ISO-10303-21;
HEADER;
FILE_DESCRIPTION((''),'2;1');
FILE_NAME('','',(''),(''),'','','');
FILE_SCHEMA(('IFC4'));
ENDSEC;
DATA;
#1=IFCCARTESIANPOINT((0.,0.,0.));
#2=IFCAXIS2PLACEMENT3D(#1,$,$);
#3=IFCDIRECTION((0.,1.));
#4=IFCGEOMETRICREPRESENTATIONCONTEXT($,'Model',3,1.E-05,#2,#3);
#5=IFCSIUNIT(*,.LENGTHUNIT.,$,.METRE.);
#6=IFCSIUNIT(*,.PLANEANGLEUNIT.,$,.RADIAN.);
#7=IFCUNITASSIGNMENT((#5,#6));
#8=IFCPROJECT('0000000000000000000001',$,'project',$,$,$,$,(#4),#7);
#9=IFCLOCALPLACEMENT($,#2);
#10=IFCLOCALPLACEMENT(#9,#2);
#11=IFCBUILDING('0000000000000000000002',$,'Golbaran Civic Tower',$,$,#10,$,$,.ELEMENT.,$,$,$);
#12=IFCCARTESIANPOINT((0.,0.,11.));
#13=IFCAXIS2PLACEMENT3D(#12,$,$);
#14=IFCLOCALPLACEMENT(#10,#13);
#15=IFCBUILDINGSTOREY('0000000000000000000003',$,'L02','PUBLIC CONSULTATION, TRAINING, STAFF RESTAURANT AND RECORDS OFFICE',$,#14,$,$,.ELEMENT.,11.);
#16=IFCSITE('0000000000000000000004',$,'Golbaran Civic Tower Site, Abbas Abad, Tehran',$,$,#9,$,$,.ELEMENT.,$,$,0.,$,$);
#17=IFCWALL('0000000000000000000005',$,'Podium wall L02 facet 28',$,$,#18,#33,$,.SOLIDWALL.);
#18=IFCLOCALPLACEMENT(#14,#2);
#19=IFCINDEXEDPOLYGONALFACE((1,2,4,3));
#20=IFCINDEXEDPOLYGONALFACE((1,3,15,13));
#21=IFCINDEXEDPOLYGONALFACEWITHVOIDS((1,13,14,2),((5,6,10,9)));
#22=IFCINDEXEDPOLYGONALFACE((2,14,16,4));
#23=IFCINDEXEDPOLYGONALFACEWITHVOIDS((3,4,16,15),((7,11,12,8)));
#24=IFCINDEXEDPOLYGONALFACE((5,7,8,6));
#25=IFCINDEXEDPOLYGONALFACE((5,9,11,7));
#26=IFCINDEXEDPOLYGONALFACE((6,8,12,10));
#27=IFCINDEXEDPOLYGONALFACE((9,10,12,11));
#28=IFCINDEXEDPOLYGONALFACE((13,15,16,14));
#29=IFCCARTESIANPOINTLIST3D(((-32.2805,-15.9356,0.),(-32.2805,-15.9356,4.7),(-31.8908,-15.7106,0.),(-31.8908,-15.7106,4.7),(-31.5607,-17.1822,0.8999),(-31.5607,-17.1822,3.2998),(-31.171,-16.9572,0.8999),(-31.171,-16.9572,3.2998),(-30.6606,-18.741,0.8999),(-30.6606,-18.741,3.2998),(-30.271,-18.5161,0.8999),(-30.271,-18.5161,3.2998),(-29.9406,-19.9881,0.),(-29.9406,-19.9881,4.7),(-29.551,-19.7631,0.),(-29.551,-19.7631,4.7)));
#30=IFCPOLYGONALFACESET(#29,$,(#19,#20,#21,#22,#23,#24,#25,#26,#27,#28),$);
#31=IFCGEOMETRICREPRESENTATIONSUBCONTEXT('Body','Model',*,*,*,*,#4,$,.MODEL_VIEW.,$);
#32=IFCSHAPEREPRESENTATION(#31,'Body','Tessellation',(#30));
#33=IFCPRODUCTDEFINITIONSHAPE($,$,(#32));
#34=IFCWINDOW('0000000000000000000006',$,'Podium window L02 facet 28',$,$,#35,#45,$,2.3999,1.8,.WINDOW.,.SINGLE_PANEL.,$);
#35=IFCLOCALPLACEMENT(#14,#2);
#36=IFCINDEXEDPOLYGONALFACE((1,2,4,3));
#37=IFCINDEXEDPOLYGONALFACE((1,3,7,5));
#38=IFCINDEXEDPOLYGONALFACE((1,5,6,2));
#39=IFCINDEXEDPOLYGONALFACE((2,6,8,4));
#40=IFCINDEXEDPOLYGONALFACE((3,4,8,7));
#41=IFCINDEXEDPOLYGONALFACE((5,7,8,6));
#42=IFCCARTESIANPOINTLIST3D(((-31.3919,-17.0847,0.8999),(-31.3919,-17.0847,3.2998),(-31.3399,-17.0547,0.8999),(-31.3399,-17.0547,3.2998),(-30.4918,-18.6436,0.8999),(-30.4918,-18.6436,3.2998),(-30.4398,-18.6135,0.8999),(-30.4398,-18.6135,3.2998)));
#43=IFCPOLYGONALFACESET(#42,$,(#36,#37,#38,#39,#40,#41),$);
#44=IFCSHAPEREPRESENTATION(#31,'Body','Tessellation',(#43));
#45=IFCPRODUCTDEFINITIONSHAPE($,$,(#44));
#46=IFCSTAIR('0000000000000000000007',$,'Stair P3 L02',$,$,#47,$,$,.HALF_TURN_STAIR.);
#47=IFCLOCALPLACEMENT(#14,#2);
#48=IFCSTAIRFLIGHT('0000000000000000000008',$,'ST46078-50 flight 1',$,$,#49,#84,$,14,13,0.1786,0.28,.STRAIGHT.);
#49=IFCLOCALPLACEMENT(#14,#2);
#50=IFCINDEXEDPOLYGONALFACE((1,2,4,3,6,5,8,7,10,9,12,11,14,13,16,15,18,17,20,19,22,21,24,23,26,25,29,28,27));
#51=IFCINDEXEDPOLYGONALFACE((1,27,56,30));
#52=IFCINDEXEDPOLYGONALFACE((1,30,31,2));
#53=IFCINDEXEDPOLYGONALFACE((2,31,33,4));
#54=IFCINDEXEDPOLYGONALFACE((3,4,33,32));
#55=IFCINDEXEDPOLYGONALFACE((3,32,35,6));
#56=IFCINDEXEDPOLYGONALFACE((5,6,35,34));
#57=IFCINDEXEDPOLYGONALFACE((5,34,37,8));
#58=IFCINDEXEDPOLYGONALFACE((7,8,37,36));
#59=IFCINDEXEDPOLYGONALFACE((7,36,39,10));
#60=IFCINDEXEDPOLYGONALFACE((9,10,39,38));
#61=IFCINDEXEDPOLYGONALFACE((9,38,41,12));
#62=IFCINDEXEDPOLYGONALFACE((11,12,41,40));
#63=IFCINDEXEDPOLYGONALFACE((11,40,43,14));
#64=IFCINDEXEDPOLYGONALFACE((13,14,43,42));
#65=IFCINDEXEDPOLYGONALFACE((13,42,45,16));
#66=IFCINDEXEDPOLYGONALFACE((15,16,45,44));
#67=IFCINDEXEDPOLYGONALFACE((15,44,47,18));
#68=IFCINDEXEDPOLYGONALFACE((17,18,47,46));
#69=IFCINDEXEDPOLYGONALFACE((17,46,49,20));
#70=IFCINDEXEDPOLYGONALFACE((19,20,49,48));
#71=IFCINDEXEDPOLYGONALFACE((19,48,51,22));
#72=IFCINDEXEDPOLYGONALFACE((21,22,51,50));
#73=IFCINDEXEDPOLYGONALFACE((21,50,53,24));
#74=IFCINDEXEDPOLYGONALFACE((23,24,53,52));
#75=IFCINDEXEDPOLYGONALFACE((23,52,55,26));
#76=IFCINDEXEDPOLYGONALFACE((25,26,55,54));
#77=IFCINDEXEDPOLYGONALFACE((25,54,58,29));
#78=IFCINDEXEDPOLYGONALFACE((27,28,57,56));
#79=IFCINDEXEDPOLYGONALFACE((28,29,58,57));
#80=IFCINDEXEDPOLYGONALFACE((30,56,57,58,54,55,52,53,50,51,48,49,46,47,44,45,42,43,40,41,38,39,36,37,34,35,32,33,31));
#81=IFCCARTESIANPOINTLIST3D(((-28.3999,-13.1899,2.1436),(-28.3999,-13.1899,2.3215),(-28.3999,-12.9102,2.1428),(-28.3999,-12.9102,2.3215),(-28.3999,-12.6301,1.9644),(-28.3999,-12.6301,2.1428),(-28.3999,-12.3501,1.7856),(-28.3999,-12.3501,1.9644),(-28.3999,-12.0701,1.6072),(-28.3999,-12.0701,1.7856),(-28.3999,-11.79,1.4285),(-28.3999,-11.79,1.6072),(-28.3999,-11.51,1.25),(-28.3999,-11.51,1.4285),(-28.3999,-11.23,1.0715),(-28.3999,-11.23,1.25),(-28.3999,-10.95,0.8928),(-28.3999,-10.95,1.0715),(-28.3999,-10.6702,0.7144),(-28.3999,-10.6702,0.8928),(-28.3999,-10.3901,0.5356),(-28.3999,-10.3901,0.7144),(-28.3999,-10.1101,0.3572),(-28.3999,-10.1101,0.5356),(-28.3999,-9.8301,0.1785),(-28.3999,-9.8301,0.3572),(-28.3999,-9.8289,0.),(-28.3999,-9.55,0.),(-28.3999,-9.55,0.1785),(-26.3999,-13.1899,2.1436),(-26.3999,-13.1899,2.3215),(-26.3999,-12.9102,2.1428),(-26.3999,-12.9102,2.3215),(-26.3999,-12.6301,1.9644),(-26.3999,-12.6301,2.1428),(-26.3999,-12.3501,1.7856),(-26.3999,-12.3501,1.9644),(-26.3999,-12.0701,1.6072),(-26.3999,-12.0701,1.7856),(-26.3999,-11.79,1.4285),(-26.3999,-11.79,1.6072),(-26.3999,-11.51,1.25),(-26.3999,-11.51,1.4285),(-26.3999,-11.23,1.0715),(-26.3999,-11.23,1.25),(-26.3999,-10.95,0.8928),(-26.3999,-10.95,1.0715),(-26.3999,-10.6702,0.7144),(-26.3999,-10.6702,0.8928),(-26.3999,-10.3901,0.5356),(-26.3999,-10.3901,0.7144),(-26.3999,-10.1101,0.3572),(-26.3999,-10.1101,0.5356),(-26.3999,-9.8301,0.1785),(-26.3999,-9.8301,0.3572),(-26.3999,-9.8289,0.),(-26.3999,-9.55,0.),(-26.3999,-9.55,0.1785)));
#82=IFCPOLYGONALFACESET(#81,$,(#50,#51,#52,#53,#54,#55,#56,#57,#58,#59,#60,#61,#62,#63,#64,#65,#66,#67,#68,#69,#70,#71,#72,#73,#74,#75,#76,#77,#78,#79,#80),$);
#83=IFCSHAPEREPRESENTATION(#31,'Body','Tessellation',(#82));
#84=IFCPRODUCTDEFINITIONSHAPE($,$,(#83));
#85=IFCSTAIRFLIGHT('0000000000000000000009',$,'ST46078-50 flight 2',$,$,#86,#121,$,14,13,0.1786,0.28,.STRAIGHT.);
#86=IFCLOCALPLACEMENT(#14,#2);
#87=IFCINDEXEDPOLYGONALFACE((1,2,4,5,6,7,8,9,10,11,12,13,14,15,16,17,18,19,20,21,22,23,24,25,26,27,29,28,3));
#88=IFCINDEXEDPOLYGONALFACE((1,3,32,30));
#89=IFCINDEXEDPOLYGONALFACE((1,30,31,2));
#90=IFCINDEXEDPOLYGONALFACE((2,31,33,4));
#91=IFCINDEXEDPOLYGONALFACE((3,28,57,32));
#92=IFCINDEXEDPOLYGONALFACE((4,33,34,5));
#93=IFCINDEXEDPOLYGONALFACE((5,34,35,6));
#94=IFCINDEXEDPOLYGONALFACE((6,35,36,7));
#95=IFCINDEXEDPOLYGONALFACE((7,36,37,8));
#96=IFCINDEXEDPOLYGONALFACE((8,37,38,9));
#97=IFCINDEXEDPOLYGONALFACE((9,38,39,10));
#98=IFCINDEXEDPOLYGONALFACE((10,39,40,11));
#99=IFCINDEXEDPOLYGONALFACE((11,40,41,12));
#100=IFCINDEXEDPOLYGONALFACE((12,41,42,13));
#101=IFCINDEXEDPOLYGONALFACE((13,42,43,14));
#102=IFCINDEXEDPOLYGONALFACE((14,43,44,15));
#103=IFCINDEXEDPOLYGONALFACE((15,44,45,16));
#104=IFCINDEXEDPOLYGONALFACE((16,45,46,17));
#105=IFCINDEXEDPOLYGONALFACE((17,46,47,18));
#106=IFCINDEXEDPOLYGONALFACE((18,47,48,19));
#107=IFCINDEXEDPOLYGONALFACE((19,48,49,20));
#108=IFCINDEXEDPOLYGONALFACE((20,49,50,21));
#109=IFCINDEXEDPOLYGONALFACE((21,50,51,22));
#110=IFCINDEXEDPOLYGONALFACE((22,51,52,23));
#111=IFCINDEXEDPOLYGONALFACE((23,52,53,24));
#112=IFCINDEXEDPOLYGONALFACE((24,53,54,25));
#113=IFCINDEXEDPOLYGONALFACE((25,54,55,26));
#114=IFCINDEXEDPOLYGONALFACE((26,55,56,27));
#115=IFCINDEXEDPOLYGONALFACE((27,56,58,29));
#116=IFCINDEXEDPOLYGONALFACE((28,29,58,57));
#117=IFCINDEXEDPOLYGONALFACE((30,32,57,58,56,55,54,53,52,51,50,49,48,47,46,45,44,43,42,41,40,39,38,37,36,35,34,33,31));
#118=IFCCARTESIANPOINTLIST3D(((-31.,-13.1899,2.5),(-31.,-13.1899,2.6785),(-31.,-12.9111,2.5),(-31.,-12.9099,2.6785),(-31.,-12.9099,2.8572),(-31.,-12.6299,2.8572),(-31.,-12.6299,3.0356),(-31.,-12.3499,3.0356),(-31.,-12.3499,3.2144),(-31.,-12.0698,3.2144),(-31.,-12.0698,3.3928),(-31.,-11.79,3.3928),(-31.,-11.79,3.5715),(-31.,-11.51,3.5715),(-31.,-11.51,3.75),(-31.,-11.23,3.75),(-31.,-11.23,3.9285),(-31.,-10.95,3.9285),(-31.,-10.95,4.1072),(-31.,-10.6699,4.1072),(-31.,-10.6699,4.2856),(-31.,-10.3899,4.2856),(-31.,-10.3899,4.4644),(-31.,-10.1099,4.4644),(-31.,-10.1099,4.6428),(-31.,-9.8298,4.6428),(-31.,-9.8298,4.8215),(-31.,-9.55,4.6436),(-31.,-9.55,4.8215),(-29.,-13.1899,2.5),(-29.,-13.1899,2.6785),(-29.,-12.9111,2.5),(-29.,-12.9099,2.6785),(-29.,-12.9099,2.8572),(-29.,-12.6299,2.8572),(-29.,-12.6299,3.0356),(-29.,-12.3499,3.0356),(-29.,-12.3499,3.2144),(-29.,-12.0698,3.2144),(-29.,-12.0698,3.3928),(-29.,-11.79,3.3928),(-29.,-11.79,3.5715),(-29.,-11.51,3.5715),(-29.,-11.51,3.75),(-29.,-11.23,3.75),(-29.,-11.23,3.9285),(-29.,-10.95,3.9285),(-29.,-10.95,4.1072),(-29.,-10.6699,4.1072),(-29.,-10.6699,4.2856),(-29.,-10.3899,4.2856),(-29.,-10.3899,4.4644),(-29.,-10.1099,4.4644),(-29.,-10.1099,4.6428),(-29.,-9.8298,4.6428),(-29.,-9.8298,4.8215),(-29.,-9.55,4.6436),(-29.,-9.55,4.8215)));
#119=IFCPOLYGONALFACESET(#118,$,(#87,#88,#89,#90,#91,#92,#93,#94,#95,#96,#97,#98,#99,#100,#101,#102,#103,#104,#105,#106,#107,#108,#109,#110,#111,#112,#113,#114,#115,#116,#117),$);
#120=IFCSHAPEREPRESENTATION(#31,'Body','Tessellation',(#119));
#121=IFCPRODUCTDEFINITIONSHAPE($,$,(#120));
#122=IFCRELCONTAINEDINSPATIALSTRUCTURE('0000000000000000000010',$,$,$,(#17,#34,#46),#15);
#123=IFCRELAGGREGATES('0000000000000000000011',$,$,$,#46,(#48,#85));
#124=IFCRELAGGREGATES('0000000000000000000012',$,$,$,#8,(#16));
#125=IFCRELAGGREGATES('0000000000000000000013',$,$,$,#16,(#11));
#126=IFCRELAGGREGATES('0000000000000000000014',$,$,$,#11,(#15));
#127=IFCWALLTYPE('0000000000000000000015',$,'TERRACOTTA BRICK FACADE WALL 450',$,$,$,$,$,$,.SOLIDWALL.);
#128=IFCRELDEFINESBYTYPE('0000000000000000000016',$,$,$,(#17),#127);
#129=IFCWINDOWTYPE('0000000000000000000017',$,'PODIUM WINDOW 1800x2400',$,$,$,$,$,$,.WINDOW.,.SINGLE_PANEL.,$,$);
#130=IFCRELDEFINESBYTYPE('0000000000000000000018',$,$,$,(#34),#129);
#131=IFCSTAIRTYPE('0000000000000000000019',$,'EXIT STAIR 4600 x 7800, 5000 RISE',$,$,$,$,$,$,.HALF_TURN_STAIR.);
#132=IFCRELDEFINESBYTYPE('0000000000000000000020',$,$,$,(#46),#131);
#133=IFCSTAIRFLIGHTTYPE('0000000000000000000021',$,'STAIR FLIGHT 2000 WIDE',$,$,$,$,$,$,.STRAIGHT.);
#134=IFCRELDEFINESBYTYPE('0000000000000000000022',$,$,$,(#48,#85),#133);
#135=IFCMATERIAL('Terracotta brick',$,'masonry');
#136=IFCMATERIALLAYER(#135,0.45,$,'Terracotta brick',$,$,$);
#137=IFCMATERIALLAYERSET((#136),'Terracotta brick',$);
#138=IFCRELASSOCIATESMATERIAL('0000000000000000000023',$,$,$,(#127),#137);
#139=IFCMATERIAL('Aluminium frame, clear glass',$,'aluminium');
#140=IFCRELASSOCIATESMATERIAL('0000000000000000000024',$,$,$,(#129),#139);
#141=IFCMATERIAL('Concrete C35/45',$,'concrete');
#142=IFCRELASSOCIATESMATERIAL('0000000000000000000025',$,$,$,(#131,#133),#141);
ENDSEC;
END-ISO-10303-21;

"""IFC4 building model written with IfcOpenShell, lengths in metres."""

from ifc_helpers import new_model, si_unit, direction, frame, frame_2d, origin, place, context, subcontext, project, spatial, polyline, rectangle, outline, extrude, material, layer, layer_set, type_object, element, fill, aggregate, save


model = new_model("IFC4")

# Units and contexts
model_context = context("Model", 3, precision=1e-05, world=origin(), true_north=direction((0.0, 1.0)))
body_context = subcontext(model_context, "Body", "Model", "MODEL_VIEW")
ifc_project = project(units=[si_unit("LENGTHUNIT", "METRE"), si_unit("PLANEANGLEUNIT", "RADIAN")], contexts=[model_context])

# Site, building, storey
site_placement = place(None, origin())
site = spatial("IfcSite", under=ifc_project, at=site_placement, Name="Golbaran Civic Tower Site, Abbas Abad, Tehran", CompositionType="ELEMENT", RefElevation=0.0)
building_placement = place(site_placement, origin())
building = spatial("IfcBuilding", under=site, at=building_placement, Name="Golbaran Civic Tower", CompositionType="ELEMENT")
storey_placement = place(building_placement, frame((0.0, 0.0, 11.0)))
storey = spatial("IfcBuildingStorey", under=building, at=storey_placement, Name="L02", Description="PUBLIC CONSULTATION, TRAINING, STAFF RESTAURANT AND RECORDS OFFICE", CompositionType="ELEMENT", Elevation=11.0)

# Wall, opening, window
ifc_material_1 = material(Name="Terracotta brick", Category="masonry")
ifc_layer_1 = layer(ifc_material_1, 0.45, Name="Terracotta brick")
ifc_layer_set_1 = layer_set([ifc_layer_1], Name="Terracotta brick")
wall_type_1 = type_object("IfcWallType", Name="TERRACOTTA BRICK FACADE WALL 450", PredefinedType="SOLIDWALL", material=ifc_layer_set_1)
ifc_material_2 = material(Name="Aluminium frame, clear glass", Category="aluminium")
window_type = type_object("IfcWindowType", Name="PODIUM WINDOW 1800x2400", PartitioningType="SINGLE_PANEL", PredefinedType="WINDOW", material=ifc_material_2)
wall_1_placement = place(storey_placement, frame((-32.0857, -15.823, 0.0), z_axis=(0.0, 0.0, 1.0), x_axis=(0.500022, -0.866013, 0.0)))
wall_1 = element("IfcWall", 1, at=wall_1_placement, inside=storey, type_object=wall_type_1, Name="Podium wall L02 facet 28", PredefinedType="SOLIDWALL", context=body_context, shape_type="SweptSolid", body=[
    extrude(rectangle(XDim=4.6794, YDim=0.45, at=frame_2d((2.3398, 0.0))), origin(), (0.0, 0.0, 1.0), 4.7),
])
opening_1_placement = place(wall_1_placement, frame((1.4397, 0.0, 0.8999)))
opening_1 = element("IfcOpeningElement", 2, at=opening_1_placement, cuts=wall_1, PredefinedType="OPENING", context=body_context, shape_type="SweptSolid", body=[
    extrude(rectangle(XDim=1.8, YDim=2.3999, at=frame_2d((0.8999, 1.2))), frame((0.0, 0.2349, 0.0), z_axis=(0.0, -1.0, 0.0), x_axis=(1.0, 0.0, 0.0)), (0.0, 0.0, 1.0), 0.47),
])
window_1_placement = place(opening_1_placement, origin())
window_1 = element("IfcWindow", 3, at=window_1_placement, inside=storey, type_object=window_type, Name="Podium window L02 facet 28", OverallHeight=2.3999, OverallWidth=1.8, PartitioningType="SINGLE_PANEL", PredefinedType="WINDOW", context=body_context, shape_type="SweptSolid", body=[
    extrude(rectangle(XDim=1.8, YDim=2.3999, at=frame_2d((0.8999, 1.2))), frame((0.0, 0.03, 0.0), z_axis=(0.0, -1.0, 0.0), x_axis=(1.0, 0.0, 0.0)), (0.0, 0.0, 1.0), 0.0601),
])
fill(opening_1, window_1)

# Stair, stair flights
ifc_material_3 = material(Name="Concrete C35/45", Category="concrete")
stair_type = type_object("IfcStairType", Name="EXIT STAIR 4600 x 7800, 5000 RISE", PredefinedType="HALF_TURN_STAIR", material=ifc_material_3)
stair_placement = place(storey_placement, origin())
stair = element("IfcStair", 4, at=stair_placement, inside=storey, type_object=stair_type, Name="Stair P3 L02", PredefinedType="HALF_TURN_STAIR")
stair_flight_type = type_object("IfcStairFlightType", Name="STAIR FLIGHT 2000 WIDE", PredefinedType="STRAIGHT", material=ifc_material_3)
stair_flight_1_placement = place(storey_placement, frame((-27.3999, -9.55, 0.0), z_axis=(0.0, 0.0, 1.0), x_axis=(0.0, -1.0, 0.0)))
stair_flight_1 = element("IfcStairFlight", 5, at=stair_flight_1_placement, type_object=stair_flight_type, Name="ST46078-50 flight 1", NumberOfRisers=14, NumberOfTreads=13, PredefinedType="STRAIGHT", RiserHeight=0.1786, TreadLength=0.28, context=body_context, shape_type="SweptSolid", body=[
    extrude(outline(polyline([(0.0, 0.0), (0.0, 0.1785), (0.28, 0.1785), (0.28, 0.3572), (0.5601, 0.3572), (0.5601, 0.5356), (0.8401, 0.5356), (0.8401, 0.7144), (1.1201, 0.7144), (1.1201, 0.8928), (1.3999, 0.8928), (1.3999, 1.0715), (1.6799, 1.0715), (1.6799, 1.25), (1.96, 1.25), (1.96, 1.4285), (2.24, 1.4285), (2.24, 1.6072), (2.52, 1.6072), (2.52, 1.7856), (2.8, 1.7856), (2.8, 1.9644), (3.0801, 1.9644), (3.0801, 2.1428), (3.3601, 2.1428), (3.3601, 2.3215), (3.6399, 2.3215), (3.6399, 2.5), (3.6399, 2.1436), (0.2788, 0.0), (0.0, 0.0)])), frame((0.0, 1.0, 0.0), z_axis=(0.0, -1.0, 0.0), x_axis=(1.0, 0.0, 0.0)), (0.0, 0.0, 1.0), 2.0),
])
stair_flight_2_placement = place(storey_placement, frame((-30.0, -13.1899, 2.5), z_axis=(0.0, 0.0, 1.0), x_axis=(0.0, 1.0, 0.0)))
stair_flight_2 = element("IfcStairFlight", 6, at=stair_flight_2_placement, type_object=stair_flight_type, Name="ST46078-50 flight 2", NumberOfRisers=14, NumberOfTreads=13, PredefinedType="STRAIGHT", RiserHeight=0.1786, TreadLength=0.28, context=body_context, shape_type="SweptSolid", body=[
    extrude(outline(polyline([(0.0, 0.0), (0.0, 0.1785), (0.28, 0.1785), (0.28, 0.3572), (0.5601, 0.3572), (0.5601, 0.5356), (0.8401, 0.5356), (0.8401, 0.7144), (1.1201, 0.7144), (1.1201, 0.8928), (1.3999, 0.8928), (1.3999, 1.0715), (1.6799, 1.0715), (1.6799, 1.25), (1.96, 1.25), (1.96, 1.4285), (2.24, 1.4285), (2.24, 1.6072), (2.52, 1.6072), (2.52, 1.7856), (2.8, 1.7856), (2.8, 1.9644), (3.0801, 1.9644), (3.0801, 2.1428), (3.3601, 2.1428), (3.3601, 2.3215), (3.6399, 2.3215), (3.6399, 2.5), (3.6399, 2.1436), (0.2788, 0.0), (0.0, 0.0)])), frame((0.0, 1.0, 0.0), z_axis=(0.0, -1.0, 0.0), x_axis=(1.0, 0.0, 0.0)), (0.0, 0.0, 1.0), 2.0),
])
aggregate(stair, [stair_flight_1, stair_flight_2])

save(model, "model.ifc")
